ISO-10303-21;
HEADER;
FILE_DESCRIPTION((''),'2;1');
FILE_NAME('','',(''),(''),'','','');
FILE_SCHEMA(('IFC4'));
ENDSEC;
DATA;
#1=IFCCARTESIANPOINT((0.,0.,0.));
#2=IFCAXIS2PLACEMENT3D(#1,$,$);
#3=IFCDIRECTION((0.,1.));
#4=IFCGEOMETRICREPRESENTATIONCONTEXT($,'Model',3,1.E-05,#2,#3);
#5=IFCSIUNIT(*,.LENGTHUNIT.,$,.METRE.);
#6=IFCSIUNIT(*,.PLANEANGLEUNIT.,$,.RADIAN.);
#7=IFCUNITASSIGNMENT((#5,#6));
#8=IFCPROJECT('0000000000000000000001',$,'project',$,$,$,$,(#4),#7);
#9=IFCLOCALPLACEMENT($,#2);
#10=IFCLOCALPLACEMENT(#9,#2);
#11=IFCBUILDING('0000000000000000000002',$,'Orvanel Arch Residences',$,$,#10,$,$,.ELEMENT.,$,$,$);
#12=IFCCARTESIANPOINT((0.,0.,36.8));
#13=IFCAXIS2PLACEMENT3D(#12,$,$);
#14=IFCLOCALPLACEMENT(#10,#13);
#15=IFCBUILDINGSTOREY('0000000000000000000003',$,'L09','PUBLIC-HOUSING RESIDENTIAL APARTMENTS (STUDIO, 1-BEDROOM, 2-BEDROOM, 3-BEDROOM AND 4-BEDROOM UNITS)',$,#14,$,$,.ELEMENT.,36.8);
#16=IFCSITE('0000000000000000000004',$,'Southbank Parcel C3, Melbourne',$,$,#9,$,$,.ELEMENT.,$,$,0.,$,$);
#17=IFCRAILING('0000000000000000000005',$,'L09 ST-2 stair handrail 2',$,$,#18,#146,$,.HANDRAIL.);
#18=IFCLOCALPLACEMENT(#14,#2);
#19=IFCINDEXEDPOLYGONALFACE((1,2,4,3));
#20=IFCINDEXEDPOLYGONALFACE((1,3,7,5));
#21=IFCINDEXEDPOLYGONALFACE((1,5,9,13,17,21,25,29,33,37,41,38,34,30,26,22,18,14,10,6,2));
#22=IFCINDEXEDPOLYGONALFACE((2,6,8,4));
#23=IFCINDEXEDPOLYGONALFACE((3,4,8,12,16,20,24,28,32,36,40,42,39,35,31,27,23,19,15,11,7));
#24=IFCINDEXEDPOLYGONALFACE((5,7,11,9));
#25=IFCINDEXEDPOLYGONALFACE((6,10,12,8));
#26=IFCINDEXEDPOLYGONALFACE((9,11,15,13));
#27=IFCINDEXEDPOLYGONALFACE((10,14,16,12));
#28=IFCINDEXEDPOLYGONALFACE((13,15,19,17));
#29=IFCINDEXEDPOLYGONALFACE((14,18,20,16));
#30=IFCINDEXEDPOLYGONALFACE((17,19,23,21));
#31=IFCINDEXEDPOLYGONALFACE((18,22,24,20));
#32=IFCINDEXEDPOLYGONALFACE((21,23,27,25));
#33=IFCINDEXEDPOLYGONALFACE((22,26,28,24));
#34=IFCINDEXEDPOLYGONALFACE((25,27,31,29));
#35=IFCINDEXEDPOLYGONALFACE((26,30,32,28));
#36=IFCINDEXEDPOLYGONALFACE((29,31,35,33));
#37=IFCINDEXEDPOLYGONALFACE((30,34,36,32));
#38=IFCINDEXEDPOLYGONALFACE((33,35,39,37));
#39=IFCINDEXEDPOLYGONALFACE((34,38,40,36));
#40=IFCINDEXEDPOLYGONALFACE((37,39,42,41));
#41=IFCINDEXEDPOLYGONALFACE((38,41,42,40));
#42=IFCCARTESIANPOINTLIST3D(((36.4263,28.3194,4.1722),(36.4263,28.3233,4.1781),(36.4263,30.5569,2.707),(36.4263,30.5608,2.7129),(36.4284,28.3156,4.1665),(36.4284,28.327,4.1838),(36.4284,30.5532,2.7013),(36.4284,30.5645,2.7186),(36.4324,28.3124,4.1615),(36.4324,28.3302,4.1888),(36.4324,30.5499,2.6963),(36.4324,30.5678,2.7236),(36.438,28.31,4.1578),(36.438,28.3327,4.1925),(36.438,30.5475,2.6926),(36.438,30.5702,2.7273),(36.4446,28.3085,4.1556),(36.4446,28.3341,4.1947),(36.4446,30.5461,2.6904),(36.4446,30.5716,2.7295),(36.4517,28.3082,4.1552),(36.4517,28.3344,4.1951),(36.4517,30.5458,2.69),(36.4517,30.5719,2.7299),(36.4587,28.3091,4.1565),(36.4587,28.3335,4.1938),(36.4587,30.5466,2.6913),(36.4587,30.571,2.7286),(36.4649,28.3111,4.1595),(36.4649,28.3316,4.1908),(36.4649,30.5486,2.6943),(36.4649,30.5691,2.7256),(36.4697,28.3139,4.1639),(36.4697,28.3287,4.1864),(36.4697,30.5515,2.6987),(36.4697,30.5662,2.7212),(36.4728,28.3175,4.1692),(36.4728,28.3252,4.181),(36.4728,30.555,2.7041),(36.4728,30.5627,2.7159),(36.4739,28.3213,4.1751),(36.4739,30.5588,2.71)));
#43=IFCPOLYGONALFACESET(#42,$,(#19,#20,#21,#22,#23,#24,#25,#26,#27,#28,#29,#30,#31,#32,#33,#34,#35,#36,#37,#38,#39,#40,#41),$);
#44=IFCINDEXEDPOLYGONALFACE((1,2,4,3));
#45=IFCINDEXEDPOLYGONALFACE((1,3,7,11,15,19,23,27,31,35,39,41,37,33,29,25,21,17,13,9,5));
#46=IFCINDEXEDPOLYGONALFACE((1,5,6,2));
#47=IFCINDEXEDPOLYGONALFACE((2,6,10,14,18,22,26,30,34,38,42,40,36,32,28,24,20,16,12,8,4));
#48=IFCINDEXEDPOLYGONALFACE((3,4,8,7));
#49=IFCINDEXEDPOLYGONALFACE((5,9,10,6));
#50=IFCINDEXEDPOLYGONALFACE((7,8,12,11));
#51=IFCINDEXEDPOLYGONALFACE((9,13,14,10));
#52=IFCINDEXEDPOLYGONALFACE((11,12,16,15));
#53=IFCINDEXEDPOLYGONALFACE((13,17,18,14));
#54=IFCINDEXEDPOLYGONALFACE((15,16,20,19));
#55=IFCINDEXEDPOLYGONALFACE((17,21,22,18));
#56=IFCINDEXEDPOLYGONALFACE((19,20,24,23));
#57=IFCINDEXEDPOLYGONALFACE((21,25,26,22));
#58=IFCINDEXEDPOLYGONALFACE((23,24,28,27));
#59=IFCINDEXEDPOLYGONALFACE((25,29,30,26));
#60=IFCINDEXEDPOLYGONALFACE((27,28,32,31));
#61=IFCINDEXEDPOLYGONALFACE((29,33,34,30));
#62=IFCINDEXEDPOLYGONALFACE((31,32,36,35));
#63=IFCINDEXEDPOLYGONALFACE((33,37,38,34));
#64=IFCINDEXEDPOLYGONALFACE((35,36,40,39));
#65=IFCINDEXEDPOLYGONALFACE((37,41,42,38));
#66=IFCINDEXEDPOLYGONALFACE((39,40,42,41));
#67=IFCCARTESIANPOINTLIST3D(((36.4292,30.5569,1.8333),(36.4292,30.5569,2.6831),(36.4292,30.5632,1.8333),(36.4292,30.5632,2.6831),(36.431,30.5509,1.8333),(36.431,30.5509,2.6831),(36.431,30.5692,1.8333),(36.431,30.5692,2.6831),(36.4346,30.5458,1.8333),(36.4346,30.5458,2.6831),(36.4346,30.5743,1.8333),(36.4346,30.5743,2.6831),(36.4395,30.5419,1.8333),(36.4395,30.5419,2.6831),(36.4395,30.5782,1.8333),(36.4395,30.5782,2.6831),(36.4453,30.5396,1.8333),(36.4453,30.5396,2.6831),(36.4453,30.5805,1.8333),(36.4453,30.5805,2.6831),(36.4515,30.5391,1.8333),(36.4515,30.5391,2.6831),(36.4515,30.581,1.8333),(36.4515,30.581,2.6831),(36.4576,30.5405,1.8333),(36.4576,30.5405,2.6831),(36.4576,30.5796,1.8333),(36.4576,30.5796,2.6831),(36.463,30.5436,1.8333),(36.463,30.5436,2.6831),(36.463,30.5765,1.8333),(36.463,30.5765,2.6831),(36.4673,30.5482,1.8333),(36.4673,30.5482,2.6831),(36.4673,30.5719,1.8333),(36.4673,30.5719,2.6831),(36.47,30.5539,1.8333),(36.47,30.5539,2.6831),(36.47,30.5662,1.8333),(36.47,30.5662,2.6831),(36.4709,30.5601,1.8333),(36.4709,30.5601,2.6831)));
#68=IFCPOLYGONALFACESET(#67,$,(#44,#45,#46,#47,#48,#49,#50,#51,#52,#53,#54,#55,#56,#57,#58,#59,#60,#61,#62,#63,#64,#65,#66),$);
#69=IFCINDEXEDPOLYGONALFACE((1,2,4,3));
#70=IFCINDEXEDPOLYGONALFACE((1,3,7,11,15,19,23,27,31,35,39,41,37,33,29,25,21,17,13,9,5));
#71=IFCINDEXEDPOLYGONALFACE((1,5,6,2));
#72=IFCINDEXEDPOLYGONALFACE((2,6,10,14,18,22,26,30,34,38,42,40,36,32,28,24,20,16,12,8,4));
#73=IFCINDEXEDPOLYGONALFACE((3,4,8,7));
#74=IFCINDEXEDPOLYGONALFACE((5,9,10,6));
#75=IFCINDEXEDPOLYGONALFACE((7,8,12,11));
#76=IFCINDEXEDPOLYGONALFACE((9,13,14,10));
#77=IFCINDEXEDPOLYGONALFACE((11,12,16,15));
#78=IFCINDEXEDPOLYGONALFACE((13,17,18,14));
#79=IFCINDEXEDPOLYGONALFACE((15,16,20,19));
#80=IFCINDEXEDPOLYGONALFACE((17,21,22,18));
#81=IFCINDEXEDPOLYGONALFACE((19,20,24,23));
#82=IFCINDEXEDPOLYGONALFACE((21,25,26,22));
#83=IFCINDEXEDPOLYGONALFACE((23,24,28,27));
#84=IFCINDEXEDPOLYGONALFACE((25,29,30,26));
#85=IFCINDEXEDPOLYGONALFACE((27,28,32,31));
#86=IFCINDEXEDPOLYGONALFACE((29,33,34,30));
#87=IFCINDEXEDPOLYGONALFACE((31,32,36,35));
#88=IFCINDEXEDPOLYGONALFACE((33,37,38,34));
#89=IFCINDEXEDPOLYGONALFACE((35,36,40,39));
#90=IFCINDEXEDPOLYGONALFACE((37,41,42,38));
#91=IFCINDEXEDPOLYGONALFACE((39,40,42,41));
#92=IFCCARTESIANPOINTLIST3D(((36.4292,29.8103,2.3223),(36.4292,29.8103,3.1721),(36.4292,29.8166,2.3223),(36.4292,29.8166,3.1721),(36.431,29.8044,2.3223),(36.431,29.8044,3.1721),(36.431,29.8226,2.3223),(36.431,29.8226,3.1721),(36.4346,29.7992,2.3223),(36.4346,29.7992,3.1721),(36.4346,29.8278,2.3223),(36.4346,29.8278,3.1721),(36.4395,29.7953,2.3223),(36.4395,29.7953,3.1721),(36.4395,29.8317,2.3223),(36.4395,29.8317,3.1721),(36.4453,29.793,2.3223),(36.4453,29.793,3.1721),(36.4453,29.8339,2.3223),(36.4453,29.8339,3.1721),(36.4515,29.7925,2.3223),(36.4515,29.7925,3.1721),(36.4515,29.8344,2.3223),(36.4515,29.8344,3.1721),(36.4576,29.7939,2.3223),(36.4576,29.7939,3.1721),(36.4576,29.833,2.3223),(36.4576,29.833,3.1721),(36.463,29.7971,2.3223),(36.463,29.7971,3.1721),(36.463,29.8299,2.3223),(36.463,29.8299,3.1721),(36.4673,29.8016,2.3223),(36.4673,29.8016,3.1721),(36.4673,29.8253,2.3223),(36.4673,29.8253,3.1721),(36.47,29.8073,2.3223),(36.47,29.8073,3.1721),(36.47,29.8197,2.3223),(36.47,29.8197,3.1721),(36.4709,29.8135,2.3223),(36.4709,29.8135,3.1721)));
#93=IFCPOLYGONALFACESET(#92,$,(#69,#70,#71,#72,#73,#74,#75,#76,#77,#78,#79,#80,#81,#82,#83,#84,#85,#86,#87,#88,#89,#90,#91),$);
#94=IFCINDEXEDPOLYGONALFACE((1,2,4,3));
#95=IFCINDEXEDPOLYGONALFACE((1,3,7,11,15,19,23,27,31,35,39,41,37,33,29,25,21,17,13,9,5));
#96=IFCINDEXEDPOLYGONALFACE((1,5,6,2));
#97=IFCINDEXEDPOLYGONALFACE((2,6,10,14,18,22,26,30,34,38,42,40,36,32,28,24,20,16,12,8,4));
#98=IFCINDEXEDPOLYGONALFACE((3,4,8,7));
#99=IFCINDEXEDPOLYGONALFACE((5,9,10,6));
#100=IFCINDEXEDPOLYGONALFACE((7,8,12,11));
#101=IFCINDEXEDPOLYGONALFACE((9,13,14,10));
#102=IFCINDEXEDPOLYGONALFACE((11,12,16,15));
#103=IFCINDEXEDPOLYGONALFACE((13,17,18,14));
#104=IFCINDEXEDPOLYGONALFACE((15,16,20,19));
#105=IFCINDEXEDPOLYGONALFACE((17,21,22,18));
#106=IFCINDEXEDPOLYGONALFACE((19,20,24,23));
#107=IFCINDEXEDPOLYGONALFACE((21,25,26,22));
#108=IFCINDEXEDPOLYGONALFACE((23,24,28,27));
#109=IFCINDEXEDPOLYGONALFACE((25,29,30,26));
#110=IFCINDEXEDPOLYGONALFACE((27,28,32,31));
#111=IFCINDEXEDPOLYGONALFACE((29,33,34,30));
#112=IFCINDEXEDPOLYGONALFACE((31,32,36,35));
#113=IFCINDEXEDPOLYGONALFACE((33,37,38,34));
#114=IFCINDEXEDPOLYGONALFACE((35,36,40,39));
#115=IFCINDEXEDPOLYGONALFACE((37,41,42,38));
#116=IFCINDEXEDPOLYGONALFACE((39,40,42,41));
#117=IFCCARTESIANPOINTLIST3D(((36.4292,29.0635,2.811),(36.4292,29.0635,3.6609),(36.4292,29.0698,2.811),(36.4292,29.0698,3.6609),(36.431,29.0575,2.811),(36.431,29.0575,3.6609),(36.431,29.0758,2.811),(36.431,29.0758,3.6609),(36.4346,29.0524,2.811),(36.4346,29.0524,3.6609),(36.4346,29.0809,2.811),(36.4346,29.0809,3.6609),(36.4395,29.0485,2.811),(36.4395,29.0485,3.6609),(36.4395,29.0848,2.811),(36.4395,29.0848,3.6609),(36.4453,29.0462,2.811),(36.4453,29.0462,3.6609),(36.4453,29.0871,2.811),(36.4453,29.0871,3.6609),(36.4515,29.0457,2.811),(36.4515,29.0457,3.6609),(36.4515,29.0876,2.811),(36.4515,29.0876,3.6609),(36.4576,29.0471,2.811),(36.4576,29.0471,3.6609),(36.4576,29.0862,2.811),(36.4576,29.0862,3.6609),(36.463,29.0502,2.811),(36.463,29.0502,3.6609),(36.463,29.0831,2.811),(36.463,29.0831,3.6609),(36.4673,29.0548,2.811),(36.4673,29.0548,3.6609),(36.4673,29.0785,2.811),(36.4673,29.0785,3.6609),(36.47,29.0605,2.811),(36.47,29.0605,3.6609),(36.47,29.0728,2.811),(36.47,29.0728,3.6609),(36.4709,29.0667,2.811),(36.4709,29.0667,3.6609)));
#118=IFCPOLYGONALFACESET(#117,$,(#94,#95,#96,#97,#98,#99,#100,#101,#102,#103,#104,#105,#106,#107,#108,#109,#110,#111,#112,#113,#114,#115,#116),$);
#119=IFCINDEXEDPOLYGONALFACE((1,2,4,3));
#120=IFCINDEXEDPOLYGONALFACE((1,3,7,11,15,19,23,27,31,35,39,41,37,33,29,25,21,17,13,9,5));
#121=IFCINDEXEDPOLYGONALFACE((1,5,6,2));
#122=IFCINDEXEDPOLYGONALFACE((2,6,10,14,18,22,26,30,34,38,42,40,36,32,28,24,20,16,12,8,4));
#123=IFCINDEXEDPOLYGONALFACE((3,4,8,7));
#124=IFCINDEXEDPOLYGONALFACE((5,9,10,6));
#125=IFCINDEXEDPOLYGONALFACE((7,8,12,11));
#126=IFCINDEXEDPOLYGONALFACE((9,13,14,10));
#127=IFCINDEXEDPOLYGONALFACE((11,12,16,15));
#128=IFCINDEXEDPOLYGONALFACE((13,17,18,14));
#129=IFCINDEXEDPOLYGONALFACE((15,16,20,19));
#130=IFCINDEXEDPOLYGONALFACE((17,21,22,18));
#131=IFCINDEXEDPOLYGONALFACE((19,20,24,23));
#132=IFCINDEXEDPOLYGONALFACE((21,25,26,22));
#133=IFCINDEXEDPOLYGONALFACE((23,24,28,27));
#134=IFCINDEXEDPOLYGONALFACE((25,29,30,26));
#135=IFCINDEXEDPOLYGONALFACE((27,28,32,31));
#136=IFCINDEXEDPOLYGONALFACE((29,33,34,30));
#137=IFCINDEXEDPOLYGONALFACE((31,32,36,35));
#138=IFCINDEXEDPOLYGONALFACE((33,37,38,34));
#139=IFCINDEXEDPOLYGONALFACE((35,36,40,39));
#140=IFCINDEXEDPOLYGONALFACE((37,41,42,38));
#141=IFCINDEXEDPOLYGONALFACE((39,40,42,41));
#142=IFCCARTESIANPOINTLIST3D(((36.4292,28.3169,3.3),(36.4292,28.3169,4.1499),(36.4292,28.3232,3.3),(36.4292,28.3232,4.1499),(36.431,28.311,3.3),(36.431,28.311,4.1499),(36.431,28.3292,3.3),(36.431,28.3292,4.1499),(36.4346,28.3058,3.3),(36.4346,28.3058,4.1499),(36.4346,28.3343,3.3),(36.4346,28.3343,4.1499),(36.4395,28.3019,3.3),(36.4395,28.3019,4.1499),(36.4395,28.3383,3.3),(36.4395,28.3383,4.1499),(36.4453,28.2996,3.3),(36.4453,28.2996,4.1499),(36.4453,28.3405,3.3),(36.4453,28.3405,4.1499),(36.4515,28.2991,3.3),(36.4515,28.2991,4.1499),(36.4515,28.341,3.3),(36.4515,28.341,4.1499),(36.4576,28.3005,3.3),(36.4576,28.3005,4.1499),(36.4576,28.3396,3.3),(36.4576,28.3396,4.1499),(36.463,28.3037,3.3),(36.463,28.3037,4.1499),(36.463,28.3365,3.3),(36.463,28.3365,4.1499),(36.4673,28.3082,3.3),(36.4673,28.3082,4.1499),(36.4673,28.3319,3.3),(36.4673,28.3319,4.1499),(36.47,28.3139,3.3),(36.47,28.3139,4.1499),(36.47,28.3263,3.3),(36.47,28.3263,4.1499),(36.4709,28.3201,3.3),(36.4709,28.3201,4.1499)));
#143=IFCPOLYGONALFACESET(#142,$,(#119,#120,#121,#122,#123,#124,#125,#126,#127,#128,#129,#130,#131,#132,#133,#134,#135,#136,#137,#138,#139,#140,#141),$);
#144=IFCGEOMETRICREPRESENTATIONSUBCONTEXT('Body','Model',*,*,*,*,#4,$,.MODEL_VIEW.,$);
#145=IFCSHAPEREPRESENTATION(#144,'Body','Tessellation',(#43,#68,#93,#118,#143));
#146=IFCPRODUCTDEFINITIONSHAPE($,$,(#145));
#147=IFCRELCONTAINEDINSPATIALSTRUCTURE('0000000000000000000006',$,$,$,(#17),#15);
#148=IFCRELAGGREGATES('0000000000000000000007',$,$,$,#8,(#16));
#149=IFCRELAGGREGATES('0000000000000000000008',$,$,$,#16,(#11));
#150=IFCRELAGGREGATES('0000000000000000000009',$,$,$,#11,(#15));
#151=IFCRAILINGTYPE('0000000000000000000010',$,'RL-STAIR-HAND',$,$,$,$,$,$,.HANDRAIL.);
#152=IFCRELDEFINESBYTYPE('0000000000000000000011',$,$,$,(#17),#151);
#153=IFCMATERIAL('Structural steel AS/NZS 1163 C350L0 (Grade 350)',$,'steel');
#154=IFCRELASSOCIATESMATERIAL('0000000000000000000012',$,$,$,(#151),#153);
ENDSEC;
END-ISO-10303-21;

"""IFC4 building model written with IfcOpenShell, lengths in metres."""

from ifc_helpers import new_model, si_unit, direction, frame, origin, origin_2d, place, context, subcontext, project, spatial, circle, extrude, material, type_object, element, save


model = new_model("IFC4")

# Units and contexts
model_context = context("Model", 3, precision=1e-05, world=origin(), true_north=direction((0.0, 1.0)))
body_context = subcontext(model_context, "Body", "Model", "MODEL_VIEW")
ifc_project = project(units=[si_unit("LENGTHUNIT", "METRE"), si_unit("PLANEANGLEUNIT", "RADIAN")], contexts=[model_context])

# Site, building, storey
site_placement = place(None, origin())
site = spatial("IfcSite", under=ifc_project, at=site_placement, Name="Southbank Parcel C3, Melbourne", CompositionType="ELEMENT", RefElevation=0.0)
building_placement = place(site_placement, origin())
building = spatial("IfcBuilding", under=site, at=building_placement, Name="Orvanel Arch Residences", CompositionType="ELEMENT")
storey_placement = place(building_placement, frame((0.0, 0.0, 36.8)))
storey = spatial("IfcBuildingStorey", under=building, at=storey_placement, Name="L09", Description="PUBLIC-HOUSING RESIDENTIAL APARTMENTS (STUDIO, 1-BEDROOM, 2-BEDROOM, 3-BEDROOM AND 4-BEDROOM UNITS)", CompositionType="ELEMENT", Elevation=36.8)

# Railing
ifc_material_1 = material(Name="Structural steel AS/NZS 1163 C350L0 (Grade 350)", Category="steel")
railing_type_1 = type_object("IfcRailingType", Name="RL-STAIR-HAND", PredefinedType="HANDRAIL", material=ifc_material_1)
railing_1_placement = place(storey_placement, frame((36.45, 30.5601, 1.8333)))
element("IfcRailing", 1, at=railing_1_placement, inside=storey, type_object=railing_type_1, Name="L09 ST-2 stair handrail 2", PredefinedType="HANDRAIL", context=body_context, shape_type="SweptSolid", body=[
    extrude(circle(Radius=0.0239, at=origin_2d()), frame((0.0, -0.0012, 0.8767), z_axis=(0.0, -0.836595, 0.547822), x_axis=(1.0, 0.0, 0.0)), (0.0, 0.0, 1.0), 2.6746),
    extrude(circle(Radius=0.021, at=origin_2d()), origin(), (0.0, 0.0, 1.0), 0.8499),
    extrude(circle(Radius=0.021, at=origin_2d()), frame((0.0, -0.7466, 0.489)), (0.0, 0.0, 1.0), 0.8499),
    extrude(circle(Radius=0.021, at=origin_2d()), frame((0.0, -1.4934, 0.9778)), (0.0, 0.0, 1.0), 0.8499),
    extrude(circle(Radius=0.021, at=origin_2d()), frame((0.0, -2.24, 1.4668)), (0.0, 0.0, 1.0), 0.8499),
])

save(model, "model.ifc")
